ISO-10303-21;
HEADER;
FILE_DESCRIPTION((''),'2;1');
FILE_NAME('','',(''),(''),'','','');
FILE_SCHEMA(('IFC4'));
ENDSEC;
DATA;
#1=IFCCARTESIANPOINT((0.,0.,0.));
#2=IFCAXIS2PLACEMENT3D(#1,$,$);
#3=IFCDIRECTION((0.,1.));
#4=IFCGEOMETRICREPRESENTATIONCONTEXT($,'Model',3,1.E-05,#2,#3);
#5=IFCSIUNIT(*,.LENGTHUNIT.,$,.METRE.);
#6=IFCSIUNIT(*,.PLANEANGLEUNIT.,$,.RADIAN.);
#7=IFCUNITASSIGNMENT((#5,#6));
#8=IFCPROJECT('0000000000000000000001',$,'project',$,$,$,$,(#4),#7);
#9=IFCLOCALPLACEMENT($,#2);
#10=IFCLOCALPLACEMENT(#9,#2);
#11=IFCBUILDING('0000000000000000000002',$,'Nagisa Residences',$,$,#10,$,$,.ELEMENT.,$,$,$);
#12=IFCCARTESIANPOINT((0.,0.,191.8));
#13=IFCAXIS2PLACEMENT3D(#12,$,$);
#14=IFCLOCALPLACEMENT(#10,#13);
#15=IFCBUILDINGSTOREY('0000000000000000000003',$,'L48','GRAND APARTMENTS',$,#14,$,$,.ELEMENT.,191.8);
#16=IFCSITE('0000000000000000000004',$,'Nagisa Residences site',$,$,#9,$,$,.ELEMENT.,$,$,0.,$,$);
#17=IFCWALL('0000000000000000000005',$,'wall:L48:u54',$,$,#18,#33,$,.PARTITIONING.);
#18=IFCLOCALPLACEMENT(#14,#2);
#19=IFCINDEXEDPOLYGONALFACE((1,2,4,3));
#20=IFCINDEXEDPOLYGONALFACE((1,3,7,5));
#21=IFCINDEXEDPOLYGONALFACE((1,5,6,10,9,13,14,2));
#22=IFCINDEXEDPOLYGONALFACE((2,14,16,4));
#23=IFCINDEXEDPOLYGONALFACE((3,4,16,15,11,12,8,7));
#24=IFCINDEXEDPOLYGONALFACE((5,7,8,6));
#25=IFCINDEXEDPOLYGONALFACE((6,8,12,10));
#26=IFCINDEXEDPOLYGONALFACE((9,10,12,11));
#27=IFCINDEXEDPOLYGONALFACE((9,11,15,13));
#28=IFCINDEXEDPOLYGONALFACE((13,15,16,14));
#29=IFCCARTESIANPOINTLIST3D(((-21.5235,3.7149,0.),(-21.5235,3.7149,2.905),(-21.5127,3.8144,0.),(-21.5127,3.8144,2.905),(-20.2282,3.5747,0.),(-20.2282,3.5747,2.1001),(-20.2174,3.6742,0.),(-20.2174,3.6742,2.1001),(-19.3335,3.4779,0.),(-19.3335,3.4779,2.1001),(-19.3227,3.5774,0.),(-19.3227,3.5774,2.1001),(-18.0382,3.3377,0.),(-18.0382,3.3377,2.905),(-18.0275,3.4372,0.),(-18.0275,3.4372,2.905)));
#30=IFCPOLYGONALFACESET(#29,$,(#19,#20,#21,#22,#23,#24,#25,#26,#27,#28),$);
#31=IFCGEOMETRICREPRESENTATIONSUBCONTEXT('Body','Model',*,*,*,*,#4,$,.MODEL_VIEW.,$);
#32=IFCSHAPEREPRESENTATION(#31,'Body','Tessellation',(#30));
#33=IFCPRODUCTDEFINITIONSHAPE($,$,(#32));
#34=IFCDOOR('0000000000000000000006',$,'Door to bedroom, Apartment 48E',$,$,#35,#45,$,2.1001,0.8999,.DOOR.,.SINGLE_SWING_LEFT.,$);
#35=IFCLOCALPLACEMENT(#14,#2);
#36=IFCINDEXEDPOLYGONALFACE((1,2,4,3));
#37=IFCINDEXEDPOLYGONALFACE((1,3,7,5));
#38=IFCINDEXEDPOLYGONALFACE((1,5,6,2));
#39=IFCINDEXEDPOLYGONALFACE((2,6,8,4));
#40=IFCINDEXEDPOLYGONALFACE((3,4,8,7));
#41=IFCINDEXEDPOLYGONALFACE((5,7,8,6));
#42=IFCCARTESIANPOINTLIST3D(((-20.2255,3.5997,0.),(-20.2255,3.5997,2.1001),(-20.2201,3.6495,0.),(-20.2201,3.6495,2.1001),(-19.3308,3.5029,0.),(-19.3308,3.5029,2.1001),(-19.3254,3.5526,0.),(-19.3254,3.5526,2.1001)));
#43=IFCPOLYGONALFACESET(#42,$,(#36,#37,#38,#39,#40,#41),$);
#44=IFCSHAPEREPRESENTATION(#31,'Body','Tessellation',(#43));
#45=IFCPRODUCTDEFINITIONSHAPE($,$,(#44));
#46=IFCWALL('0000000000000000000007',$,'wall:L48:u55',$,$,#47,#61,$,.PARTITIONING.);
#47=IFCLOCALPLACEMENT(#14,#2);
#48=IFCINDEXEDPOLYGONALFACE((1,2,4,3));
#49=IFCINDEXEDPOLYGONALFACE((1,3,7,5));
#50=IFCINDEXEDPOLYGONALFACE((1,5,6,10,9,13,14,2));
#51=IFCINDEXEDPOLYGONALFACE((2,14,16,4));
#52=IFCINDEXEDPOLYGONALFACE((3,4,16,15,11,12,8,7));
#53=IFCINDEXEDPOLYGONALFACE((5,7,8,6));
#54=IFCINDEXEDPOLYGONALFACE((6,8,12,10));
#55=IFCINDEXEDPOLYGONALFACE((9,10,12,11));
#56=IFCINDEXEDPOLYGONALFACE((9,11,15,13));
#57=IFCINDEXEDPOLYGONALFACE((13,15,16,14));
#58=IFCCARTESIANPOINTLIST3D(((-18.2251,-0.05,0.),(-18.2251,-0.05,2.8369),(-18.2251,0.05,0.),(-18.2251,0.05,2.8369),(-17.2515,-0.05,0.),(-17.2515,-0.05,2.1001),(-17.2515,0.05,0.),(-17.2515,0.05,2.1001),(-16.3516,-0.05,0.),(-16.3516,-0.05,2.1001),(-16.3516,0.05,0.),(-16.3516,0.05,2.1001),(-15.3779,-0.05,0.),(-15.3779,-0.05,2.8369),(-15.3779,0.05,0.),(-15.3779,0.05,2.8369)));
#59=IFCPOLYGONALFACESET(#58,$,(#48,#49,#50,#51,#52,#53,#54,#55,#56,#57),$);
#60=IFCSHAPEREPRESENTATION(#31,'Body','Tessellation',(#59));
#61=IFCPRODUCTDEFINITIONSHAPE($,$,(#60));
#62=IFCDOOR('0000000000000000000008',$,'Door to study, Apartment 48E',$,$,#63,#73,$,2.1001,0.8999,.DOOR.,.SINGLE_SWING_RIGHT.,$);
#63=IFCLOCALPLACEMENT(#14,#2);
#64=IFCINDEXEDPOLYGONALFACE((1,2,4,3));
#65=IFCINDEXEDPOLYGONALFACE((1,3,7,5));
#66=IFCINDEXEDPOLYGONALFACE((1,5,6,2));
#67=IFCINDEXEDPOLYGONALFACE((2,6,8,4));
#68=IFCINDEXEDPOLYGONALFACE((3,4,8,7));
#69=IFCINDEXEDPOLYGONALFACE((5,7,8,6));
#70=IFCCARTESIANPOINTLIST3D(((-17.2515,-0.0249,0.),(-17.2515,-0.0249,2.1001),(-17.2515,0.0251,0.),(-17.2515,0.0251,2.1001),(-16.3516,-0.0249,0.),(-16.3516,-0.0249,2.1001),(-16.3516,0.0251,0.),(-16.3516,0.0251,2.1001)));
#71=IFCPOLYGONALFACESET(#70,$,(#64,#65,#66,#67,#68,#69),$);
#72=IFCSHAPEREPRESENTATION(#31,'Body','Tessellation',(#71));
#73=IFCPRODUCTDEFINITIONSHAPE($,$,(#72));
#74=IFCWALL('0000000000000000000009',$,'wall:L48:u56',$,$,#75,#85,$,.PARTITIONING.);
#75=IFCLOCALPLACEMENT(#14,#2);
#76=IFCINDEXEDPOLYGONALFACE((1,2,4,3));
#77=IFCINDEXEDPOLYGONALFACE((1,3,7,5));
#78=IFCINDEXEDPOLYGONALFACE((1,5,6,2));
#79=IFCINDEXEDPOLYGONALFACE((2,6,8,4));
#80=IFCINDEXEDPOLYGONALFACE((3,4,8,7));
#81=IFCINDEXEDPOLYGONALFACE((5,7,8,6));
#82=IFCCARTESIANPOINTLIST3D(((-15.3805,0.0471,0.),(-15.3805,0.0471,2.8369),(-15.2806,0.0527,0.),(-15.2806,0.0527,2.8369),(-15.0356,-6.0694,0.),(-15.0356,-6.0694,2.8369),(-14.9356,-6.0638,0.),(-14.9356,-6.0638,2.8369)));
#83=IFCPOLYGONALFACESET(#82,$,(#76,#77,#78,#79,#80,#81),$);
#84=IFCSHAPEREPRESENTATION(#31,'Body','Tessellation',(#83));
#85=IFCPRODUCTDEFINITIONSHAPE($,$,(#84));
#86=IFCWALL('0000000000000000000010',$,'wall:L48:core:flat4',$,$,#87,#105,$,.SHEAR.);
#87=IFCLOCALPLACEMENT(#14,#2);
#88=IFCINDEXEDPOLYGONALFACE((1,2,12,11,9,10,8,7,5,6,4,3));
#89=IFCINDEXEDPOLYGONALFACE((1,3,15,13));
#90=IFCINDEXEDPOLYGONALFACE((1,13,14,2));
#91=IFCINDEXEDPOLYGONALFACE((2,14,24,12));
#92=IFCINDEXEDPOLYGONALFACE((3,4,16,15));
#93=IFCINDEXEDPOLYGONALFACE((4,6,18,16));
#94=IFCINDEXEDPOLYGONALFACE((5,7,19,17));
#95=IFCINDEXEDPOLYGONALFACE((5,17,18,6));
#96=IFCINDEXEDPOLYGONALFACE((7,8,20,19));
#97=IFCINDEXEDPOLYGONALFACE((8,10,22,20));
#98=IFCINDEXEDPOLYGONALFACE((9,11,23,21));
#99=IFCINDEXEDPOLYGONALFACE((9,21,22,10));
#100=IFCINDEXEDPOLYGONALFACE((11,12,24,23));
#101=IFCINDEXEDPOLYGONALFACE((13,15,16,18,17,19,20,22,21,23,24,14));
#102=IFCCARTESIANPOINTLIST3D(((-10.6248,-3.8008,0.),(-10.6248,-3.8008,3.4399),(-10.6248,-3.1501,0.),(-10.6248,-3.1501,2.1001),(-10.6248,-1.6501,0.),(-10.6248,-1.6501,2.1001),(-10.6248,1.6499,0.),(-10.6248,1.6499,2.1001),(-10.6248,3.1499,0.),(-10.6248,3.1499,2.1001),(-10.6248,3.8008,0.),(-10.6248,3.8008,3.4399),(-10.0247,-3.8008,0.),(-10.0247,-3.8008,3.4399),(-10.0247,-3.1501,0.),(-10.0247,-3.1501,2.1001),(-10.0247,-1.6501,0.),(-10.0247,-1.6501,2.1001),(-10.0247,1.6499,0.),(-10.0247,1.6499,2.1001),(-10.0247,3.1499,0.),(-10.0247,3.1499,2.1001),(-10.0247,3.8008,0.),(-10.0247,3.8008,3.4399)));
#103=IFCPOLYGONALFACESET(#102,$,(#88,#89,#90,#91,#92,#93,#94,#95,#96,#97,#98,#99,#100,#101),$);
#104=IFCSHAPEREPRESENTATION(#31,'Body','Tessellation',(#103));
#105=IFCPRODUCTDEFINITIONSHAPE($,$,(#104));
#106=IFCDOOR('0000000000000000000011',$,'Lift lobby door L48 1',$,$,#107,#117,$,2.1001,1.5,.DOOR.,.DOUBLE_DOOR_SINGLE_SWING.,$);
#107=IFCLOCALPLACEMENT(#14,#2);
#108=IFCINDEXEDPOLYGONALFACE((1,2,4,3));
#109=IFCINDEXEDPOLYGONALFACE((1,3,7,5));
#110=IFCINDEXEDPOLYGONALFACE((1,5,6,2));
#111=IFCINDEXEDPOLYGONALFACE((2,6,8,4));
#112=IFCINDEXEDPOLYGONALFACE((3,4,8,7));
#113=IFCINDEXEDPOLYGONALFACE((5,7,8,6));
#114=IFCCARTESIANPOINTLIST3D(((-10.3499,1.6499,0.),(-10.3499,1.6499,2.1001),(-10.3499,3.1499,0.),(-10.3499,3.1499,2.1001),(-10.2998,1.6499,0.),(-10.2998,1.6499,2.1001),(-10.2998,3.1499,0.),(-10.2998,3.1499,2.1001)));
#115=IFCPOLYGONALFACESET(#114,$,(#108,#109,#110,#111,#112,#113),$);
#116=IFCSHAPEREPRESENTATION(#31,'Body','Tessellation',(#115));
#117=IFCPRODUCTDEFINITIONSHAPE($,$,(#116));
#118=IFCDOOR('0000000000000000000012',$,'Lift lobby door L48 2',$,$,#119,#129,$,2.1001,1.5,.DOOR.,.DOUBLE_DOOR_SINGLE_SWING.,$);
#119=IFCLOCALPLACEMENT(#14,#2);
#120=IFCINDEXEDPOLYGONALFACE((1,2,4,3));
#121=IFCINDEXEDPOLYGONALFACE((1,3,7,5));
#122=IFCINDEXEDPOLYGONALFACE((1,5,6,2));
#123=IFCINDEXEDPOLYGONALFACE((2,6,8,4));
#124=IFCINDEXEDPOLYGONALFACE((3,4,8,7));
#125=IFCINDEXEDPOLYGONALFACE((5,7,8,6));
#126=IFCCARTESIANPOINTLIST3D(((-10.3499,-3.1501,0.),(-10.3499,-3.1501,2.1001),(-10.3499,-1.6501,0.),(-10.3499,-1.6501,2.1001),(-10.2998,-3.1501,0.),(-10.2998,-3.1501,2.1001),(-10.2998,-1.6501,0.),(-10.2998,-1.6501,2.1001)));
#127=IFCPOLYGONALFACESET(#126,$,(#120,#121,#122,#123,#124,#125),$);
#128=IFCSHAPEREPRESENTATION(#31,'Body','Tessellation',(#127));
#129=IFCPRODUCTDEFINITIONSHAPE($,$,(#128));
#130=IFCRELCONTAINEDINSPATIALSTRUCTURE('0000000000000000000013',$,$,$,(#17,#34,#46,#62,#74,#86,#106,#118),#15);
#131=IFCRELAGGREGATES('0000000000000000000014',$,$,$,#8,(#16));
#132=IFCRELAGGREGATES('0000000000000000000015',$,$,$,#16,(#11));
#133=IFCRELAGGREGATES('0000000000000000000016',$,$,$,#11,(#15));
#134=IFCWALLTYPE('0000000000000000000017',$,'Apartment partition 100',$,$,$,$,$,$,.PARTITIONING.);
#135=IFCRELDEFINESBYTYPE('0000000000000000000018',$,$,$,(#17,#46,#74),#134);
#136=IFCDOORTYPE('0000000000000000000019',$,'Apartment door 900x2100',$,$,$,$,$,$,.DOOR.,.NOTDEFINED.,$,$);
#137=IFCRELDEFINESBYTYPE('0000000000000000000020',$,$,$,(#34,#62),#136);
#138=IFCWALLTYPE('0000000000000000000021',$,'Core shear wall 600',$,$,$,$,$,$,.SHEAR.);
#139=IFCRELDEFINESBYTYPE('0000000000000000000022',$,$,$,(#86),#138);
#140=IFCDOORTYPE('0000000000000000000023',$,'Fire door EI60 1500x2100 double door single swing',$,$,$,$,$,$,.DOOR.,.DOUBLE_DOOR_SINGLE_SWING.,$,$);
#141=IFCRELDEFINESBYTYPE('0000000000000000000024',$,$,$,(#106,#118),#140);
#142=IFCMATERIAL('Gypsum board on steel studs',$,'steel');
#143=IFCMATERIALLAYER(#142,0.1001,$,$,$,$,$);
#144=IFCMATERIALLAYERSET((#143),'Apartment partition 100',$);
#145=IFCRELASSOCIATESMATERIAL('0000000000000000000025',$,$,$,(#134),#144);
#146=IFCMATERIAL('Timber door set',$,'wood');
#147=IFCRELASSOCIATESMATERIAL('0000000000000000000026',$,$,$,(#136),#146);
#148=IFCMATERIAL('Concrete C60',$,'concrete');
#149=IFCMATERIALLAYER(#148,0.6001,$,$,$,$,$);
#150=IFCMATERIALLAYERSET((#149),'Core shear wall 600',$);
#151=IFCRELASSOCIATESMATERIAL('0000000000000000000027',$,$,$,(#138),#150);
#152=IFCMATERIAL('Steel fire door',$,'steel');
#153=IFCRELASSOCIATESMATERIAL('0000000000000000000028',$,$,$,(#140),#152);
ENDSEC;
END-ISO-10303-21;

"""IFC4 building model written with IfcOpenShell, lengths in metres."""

from ifc_helpers import new_model, si_unit, direction, frame, frame_2d, origin, place, context, subcontext, project, spatial, rectangle, extrude, material, layer, layer_set, type_object, element, fill, save


model = new_model("IFC4")

# Units and contexts
model_context = context("Model", 3, precision=1e-05, world=origin(), true_north=direction((0.0, 1.0)))
body_context = subcontext(model_context, "Body", "Model", "MODEL_VIEW")
ifc_project = project(units=[si_unit("LENGTHUNIT", "METRE"), si_unit("PLANEANGLEUNIT", "RADIAN")], contexts=[model_context])

# Site, building, storey
site_placement = place(None, origin())
site = spatial("IfcSite", under=ifc_project, at=site_placement, Name="Nagisa Residences site", CompositionType="ELEMENT", RefElevation=0.0)
building_placement = place(site_placement, origin())
building = spatial("IfcBuilding", under=site, at=building_placement, Name="Nagisa Residences", CompositionType="ELEMENT")
storey_placement = place(building_placement, frame((0.0, 0.0, 191.8)))
storey = spatial("IfcBuildingStorey", under=building, at=storey_placement, Name="L48", Description="GRAND APARTMENTS", CompositionType="ELEMENT", Elevation=191.8)

# Shared definitions
ifc_material_1 = material(Name="Gypsum board on steel studs", Category="steel")
ifc_layer_1 = layer(ifc_material_1, 0.1001)
ifc_layer_set_1 = layer_set([ifc_layer_1], Name="Apartment partition 100")
wall_type_1 = type_object("IfcWallType", Name="Apartment partition 100", PredefinedType="PARTITIONING", material=ifc_layer_set_1)
ifc_material_2 = material(Name="Timber door set", Category="wood")
door_type_1 = type_object("IfcDoorType", Name="Apartment door 900x2100", OperationType="NOTDEFINED", PredefinedType="DOOR", material=ifc_material_2)

# Walls, openings, doors
wall_1_placement = place(storey_placement, frame((-18.0327, 3.3875, 0.0), z_axis=(0.0, 0.0, 1.0), x_axis=(-0.994195, 0.107595, 0.0)))
wall_1 = element("IfcWall", 1, at=wall_1_placement, inside=storey, type_object=wall_type_1, Name="wall:L48:u54", PredefinedType="PARTITIONING", context=body_context, shape_type="SweptSolid", body=[
    extrude(rectangle(XDim=3.5056, YDim=0.1001, at=frame_2d((1.7529, 0.0))), origin(), (0.0, 0.0, 1.0), 2.905),
])
opening_1_placement = place(wall_1_placement, frame((1.303, 0.0, 0.0)))
opening_1 = element("IfcOpeningElement", 2, at=opening_1_placement, cuts=wall_1, PredefinedType="OPENING", context=body_context, shape_type="SweptSolid", body=[
    extrude(rectangle(XDim=0.8999, YDim=2.1001, at=frame_2d((0.45, 1.05))), frame((0.0, 0.0601, 0.0), z_axis=(0.0, -1.0, 0.0), x_axis=(1.0, 0.0, 0.0)), (0.0, 0.0, 1.0), 0.1201),
])
door_1_placement = place(opening_1_placement, origin())
door_1 = element("IfcDoor", 3, at=door_1_placement, inside=storey, type_object=door_type_1, Name="Door to bedroom, Apartment 48E", OperationType="SINGLE_SWING_LEFT", OverallHeight=2.1001, OverallWidth=0.8999, PredefinedType="DOOR", context=body_context, shape_type="SweptSolid", body=[
    extrude(rectangle(XDim=0.8999, YDim=2.1001, at=frame_2d((0.45, 1.05))), frame((0.0, 0.0249, 0.0), z_axis=(0.0, -1.0, 0.0), x_axis=(1.0, 0.0, 0.0)), (0.0, 0.0, 1.0), 0.05),
])
fill(opening_1, door_1)
wall_2_placement = place(storey_placement, frame((-15.3779, 0.0, 0.0), z_axis=(0.0, 0.0, 1.0), x_axis=(-1.0, 0.0, 0.0)))
wall_2 = element("IfcWall", 4, at=wall_2_placement, inside=storey, type_object=wall_type_1, Name="wall:L48:u55", PredefinedType="PARTITIONING", context=body_context, shape_type="SweptSolid", body=[
    extrude(rectangle(XDim=2.8472, YDim=0.1001, at=frame_2d((1.4236, 0.0))), origin(), (0.0, 0.0, 1.0), 2.8369),
])
opening_2_placement = place(wall_2_placement, frame((0.9736, 0.0, 0.0)))
opening_2 = element("IfcOpeningElement", 5, at=opening_2_placement, cuts=wall_2, PredefinedType="OPENING", context=body_context, shape_type="SweptSolid", body=[
    extrude(rectangle(XDim=0.8999, YDim=2.1001, at=frame_2d((0.45, 1.05))), frame((0.0, 0.0601, 0.0), z_axis=(0.0, -1.0, 0.0), x_axis=(1.0, 0.0, 0.0)), (0.0, 0.0, 1.0), 0.1201),
])
door_2_placement = place(opening_2_placement, origin())
door_2 = element("IfcDoor", 6, at=door_2_placement, inside=storey, type_object=door_type_1, Name="Door to study, Apartment 48E", OperationType="SINGLE_SWING_RIGHT", OverallHeight=2.1001, OverallWidth=0.8999, PredefinedType="DOOR", context=body_context, shape_type="SweptSolid", body=[
    extrude(rectangle(XDim=0.8999, YDim=2.1001, at=frame_2d((0.45, 1.05))), frame((0.0, 0.0249, 0.0), z_axis=(0.0, -1.0, 0.0), x_axis=(1.0, 0.0, 0.0)), (0.0, 0.0, 1.0), 0.05),
])
fill(opening_2, door_2)

# Wall
wall_3_placement = place(storey_placement, frame((-15.3306, 0.0498, 0.0), z_axis=(0.0, 0.0, 1.0), x_axis=(0.056311, -0.998413, 0.0)))
element("IfcWall", 7, at=wall_3_placement, inside=storey, type_object=wall_type_1, Name="wall:L48:u56", PredefinedType="PARTITIONING", context=body_context, shape_type="SweptSolid", body=[
    extrude(rectangle(XDim=6.1262, YDim=0.1001, at=frame_2d((3.063, 0.0))), origin(), (0.0, 0.0, 1.0), 2.8369),
])

# Wall, openings, doors
ifc_material_3 = material(Name="Concrete C60", Category="concrete")
ifc_layer_2 = layer(ifc_material_3, 0.6001)
ifc_layer_set_2 = layer_set([ifc_layer_2], Name="Core shear wall 600")
wall_type_2 = type_object("IfcWallType", Name="Core shear wall 600", PredefinedType="SHEAR", material=ifc_layer_set_2)
wall_4_placement = place(storey_placement, frame((-10.3247, 3.8008, 0.0), z_axis=(0.0, 0.0, 1.0), x_axis=(0.0, -1.0, 0.0)))
wall_4 = element("IfcWall", 8, at=wall_4_placement, inside=storey, type_object=wall_type_2, Name="wall:L48:core:flat4", PredefinedType="SHEAR", context=body_context, shape_type="SweptSolid", body=[
    extrude(rectangle(XDim=7.6016, YDim=0.6001, at=frame_2d((3.8008, 0.0))), origin(), (0.0, 0.0, 1.0), 3.4399),
])
opening_3_placement = place(wall_4_placement, frame((0.6509, 0.0, 0.0)))
opening_3 = element("IfcOpeningElement", 9, at=opening_3_placement, cuts=wall_4, PredefinedType="OPENING", context=body_context, shape_type="SweptSolid", body=[
    extrude(rectangle(XDim=1.5, YDim=2.1001, at=frame_2d((0.75, 1.05))), frame((0.0, 0.3101, 0.0), z_axis=(0.0, -1.0, 0.0), x_axis=(1.0, 0.0, 0.0)), (0.0, 0.0, 1.0), 0.6201),
])
opening_4_placement = place(wall_4_placement, frame((5.4509, 0.0, 0.0)))
opening_4 = element("IfcOpeningElement", 10, at=opening_4_placement, cuts=wall_4, PredefinedType="OPENING", context=body_context, shape_type="SweptSolid", body=[
    extrude(rectangle(XDim=1.5, YDim=2.1001, at=frame_2d((0.75, 1.05))), frame((0.0, 0.3101, 0.0), z_axis=(0.0, -1.0, 0.0), x_axis=(1.0, 0.0, 0.0)), (0.0, 0.0, 1.0), 0.6201),
])
ifc_material_4 = material(Name="Steel fire door", Category="steel")
door_type_2 = type_object("IfcDoorType", Name="Fire door EI60 1500x2100 double door single swing", OperationType="DOUBLE_DOOR_SINGLE_SWING", PredefinedType="DOOR", material=ifc_material_4)
door_3_placement = place(opening_3_placement, origin())
door_3 = element("IfcDoor", 11, at=door_3_placement, inside=storey, type_object=door_type_2, Name="Lift lobby door L48 1", OperationType="DOUBLE_DOOR_SINGLE_SWING", OverallHeight=2.1001, OverallWidth=1.5, PredefinedType="DOOR", context=body_context, shape_type="SweptSolid", body=[
    extrude(rectangle(XDim=1.5, YDim=2.1001, at=frame_2d((0.75, 1.05))), frame((0.0, 0.0249, 0.0), z_axis=(0.0, -1.0, 0.0), x_axis=(1.0, 0.0, 0.0)), (0.0, 0.0, 1.0), 0.05),
])
fill(opening_3, door_3)
door_4_placement = place(opening_4_placement, origin())
door_4 = element("IfcDoor", 12, at=door_4_placement, inside=storey, type_object=door_type_2, Name="Lift lobby door L48 2", OperationType="DOUBLE_DOOR_SINGLE_SWING", OverallHeight=2.1001, OverallWidth=1.5, PredefinedType="DOOR", context=body_context, shape_type="SweptSolid", body=[
    extrude(rectangle(XDim=1.5, YDim=2.1001, at=frame_2d((0.75, 1.05))), frame((0.0, 0.0249, 0.0), z_axis=(0.0, -1.0, 0.0), x_axis=(1.0, 0.0, 0.0)), (0.0, 0.0, 1.0), 0.05),
])
fill(opening_4, door_4)

save(model, "model.ifc")
